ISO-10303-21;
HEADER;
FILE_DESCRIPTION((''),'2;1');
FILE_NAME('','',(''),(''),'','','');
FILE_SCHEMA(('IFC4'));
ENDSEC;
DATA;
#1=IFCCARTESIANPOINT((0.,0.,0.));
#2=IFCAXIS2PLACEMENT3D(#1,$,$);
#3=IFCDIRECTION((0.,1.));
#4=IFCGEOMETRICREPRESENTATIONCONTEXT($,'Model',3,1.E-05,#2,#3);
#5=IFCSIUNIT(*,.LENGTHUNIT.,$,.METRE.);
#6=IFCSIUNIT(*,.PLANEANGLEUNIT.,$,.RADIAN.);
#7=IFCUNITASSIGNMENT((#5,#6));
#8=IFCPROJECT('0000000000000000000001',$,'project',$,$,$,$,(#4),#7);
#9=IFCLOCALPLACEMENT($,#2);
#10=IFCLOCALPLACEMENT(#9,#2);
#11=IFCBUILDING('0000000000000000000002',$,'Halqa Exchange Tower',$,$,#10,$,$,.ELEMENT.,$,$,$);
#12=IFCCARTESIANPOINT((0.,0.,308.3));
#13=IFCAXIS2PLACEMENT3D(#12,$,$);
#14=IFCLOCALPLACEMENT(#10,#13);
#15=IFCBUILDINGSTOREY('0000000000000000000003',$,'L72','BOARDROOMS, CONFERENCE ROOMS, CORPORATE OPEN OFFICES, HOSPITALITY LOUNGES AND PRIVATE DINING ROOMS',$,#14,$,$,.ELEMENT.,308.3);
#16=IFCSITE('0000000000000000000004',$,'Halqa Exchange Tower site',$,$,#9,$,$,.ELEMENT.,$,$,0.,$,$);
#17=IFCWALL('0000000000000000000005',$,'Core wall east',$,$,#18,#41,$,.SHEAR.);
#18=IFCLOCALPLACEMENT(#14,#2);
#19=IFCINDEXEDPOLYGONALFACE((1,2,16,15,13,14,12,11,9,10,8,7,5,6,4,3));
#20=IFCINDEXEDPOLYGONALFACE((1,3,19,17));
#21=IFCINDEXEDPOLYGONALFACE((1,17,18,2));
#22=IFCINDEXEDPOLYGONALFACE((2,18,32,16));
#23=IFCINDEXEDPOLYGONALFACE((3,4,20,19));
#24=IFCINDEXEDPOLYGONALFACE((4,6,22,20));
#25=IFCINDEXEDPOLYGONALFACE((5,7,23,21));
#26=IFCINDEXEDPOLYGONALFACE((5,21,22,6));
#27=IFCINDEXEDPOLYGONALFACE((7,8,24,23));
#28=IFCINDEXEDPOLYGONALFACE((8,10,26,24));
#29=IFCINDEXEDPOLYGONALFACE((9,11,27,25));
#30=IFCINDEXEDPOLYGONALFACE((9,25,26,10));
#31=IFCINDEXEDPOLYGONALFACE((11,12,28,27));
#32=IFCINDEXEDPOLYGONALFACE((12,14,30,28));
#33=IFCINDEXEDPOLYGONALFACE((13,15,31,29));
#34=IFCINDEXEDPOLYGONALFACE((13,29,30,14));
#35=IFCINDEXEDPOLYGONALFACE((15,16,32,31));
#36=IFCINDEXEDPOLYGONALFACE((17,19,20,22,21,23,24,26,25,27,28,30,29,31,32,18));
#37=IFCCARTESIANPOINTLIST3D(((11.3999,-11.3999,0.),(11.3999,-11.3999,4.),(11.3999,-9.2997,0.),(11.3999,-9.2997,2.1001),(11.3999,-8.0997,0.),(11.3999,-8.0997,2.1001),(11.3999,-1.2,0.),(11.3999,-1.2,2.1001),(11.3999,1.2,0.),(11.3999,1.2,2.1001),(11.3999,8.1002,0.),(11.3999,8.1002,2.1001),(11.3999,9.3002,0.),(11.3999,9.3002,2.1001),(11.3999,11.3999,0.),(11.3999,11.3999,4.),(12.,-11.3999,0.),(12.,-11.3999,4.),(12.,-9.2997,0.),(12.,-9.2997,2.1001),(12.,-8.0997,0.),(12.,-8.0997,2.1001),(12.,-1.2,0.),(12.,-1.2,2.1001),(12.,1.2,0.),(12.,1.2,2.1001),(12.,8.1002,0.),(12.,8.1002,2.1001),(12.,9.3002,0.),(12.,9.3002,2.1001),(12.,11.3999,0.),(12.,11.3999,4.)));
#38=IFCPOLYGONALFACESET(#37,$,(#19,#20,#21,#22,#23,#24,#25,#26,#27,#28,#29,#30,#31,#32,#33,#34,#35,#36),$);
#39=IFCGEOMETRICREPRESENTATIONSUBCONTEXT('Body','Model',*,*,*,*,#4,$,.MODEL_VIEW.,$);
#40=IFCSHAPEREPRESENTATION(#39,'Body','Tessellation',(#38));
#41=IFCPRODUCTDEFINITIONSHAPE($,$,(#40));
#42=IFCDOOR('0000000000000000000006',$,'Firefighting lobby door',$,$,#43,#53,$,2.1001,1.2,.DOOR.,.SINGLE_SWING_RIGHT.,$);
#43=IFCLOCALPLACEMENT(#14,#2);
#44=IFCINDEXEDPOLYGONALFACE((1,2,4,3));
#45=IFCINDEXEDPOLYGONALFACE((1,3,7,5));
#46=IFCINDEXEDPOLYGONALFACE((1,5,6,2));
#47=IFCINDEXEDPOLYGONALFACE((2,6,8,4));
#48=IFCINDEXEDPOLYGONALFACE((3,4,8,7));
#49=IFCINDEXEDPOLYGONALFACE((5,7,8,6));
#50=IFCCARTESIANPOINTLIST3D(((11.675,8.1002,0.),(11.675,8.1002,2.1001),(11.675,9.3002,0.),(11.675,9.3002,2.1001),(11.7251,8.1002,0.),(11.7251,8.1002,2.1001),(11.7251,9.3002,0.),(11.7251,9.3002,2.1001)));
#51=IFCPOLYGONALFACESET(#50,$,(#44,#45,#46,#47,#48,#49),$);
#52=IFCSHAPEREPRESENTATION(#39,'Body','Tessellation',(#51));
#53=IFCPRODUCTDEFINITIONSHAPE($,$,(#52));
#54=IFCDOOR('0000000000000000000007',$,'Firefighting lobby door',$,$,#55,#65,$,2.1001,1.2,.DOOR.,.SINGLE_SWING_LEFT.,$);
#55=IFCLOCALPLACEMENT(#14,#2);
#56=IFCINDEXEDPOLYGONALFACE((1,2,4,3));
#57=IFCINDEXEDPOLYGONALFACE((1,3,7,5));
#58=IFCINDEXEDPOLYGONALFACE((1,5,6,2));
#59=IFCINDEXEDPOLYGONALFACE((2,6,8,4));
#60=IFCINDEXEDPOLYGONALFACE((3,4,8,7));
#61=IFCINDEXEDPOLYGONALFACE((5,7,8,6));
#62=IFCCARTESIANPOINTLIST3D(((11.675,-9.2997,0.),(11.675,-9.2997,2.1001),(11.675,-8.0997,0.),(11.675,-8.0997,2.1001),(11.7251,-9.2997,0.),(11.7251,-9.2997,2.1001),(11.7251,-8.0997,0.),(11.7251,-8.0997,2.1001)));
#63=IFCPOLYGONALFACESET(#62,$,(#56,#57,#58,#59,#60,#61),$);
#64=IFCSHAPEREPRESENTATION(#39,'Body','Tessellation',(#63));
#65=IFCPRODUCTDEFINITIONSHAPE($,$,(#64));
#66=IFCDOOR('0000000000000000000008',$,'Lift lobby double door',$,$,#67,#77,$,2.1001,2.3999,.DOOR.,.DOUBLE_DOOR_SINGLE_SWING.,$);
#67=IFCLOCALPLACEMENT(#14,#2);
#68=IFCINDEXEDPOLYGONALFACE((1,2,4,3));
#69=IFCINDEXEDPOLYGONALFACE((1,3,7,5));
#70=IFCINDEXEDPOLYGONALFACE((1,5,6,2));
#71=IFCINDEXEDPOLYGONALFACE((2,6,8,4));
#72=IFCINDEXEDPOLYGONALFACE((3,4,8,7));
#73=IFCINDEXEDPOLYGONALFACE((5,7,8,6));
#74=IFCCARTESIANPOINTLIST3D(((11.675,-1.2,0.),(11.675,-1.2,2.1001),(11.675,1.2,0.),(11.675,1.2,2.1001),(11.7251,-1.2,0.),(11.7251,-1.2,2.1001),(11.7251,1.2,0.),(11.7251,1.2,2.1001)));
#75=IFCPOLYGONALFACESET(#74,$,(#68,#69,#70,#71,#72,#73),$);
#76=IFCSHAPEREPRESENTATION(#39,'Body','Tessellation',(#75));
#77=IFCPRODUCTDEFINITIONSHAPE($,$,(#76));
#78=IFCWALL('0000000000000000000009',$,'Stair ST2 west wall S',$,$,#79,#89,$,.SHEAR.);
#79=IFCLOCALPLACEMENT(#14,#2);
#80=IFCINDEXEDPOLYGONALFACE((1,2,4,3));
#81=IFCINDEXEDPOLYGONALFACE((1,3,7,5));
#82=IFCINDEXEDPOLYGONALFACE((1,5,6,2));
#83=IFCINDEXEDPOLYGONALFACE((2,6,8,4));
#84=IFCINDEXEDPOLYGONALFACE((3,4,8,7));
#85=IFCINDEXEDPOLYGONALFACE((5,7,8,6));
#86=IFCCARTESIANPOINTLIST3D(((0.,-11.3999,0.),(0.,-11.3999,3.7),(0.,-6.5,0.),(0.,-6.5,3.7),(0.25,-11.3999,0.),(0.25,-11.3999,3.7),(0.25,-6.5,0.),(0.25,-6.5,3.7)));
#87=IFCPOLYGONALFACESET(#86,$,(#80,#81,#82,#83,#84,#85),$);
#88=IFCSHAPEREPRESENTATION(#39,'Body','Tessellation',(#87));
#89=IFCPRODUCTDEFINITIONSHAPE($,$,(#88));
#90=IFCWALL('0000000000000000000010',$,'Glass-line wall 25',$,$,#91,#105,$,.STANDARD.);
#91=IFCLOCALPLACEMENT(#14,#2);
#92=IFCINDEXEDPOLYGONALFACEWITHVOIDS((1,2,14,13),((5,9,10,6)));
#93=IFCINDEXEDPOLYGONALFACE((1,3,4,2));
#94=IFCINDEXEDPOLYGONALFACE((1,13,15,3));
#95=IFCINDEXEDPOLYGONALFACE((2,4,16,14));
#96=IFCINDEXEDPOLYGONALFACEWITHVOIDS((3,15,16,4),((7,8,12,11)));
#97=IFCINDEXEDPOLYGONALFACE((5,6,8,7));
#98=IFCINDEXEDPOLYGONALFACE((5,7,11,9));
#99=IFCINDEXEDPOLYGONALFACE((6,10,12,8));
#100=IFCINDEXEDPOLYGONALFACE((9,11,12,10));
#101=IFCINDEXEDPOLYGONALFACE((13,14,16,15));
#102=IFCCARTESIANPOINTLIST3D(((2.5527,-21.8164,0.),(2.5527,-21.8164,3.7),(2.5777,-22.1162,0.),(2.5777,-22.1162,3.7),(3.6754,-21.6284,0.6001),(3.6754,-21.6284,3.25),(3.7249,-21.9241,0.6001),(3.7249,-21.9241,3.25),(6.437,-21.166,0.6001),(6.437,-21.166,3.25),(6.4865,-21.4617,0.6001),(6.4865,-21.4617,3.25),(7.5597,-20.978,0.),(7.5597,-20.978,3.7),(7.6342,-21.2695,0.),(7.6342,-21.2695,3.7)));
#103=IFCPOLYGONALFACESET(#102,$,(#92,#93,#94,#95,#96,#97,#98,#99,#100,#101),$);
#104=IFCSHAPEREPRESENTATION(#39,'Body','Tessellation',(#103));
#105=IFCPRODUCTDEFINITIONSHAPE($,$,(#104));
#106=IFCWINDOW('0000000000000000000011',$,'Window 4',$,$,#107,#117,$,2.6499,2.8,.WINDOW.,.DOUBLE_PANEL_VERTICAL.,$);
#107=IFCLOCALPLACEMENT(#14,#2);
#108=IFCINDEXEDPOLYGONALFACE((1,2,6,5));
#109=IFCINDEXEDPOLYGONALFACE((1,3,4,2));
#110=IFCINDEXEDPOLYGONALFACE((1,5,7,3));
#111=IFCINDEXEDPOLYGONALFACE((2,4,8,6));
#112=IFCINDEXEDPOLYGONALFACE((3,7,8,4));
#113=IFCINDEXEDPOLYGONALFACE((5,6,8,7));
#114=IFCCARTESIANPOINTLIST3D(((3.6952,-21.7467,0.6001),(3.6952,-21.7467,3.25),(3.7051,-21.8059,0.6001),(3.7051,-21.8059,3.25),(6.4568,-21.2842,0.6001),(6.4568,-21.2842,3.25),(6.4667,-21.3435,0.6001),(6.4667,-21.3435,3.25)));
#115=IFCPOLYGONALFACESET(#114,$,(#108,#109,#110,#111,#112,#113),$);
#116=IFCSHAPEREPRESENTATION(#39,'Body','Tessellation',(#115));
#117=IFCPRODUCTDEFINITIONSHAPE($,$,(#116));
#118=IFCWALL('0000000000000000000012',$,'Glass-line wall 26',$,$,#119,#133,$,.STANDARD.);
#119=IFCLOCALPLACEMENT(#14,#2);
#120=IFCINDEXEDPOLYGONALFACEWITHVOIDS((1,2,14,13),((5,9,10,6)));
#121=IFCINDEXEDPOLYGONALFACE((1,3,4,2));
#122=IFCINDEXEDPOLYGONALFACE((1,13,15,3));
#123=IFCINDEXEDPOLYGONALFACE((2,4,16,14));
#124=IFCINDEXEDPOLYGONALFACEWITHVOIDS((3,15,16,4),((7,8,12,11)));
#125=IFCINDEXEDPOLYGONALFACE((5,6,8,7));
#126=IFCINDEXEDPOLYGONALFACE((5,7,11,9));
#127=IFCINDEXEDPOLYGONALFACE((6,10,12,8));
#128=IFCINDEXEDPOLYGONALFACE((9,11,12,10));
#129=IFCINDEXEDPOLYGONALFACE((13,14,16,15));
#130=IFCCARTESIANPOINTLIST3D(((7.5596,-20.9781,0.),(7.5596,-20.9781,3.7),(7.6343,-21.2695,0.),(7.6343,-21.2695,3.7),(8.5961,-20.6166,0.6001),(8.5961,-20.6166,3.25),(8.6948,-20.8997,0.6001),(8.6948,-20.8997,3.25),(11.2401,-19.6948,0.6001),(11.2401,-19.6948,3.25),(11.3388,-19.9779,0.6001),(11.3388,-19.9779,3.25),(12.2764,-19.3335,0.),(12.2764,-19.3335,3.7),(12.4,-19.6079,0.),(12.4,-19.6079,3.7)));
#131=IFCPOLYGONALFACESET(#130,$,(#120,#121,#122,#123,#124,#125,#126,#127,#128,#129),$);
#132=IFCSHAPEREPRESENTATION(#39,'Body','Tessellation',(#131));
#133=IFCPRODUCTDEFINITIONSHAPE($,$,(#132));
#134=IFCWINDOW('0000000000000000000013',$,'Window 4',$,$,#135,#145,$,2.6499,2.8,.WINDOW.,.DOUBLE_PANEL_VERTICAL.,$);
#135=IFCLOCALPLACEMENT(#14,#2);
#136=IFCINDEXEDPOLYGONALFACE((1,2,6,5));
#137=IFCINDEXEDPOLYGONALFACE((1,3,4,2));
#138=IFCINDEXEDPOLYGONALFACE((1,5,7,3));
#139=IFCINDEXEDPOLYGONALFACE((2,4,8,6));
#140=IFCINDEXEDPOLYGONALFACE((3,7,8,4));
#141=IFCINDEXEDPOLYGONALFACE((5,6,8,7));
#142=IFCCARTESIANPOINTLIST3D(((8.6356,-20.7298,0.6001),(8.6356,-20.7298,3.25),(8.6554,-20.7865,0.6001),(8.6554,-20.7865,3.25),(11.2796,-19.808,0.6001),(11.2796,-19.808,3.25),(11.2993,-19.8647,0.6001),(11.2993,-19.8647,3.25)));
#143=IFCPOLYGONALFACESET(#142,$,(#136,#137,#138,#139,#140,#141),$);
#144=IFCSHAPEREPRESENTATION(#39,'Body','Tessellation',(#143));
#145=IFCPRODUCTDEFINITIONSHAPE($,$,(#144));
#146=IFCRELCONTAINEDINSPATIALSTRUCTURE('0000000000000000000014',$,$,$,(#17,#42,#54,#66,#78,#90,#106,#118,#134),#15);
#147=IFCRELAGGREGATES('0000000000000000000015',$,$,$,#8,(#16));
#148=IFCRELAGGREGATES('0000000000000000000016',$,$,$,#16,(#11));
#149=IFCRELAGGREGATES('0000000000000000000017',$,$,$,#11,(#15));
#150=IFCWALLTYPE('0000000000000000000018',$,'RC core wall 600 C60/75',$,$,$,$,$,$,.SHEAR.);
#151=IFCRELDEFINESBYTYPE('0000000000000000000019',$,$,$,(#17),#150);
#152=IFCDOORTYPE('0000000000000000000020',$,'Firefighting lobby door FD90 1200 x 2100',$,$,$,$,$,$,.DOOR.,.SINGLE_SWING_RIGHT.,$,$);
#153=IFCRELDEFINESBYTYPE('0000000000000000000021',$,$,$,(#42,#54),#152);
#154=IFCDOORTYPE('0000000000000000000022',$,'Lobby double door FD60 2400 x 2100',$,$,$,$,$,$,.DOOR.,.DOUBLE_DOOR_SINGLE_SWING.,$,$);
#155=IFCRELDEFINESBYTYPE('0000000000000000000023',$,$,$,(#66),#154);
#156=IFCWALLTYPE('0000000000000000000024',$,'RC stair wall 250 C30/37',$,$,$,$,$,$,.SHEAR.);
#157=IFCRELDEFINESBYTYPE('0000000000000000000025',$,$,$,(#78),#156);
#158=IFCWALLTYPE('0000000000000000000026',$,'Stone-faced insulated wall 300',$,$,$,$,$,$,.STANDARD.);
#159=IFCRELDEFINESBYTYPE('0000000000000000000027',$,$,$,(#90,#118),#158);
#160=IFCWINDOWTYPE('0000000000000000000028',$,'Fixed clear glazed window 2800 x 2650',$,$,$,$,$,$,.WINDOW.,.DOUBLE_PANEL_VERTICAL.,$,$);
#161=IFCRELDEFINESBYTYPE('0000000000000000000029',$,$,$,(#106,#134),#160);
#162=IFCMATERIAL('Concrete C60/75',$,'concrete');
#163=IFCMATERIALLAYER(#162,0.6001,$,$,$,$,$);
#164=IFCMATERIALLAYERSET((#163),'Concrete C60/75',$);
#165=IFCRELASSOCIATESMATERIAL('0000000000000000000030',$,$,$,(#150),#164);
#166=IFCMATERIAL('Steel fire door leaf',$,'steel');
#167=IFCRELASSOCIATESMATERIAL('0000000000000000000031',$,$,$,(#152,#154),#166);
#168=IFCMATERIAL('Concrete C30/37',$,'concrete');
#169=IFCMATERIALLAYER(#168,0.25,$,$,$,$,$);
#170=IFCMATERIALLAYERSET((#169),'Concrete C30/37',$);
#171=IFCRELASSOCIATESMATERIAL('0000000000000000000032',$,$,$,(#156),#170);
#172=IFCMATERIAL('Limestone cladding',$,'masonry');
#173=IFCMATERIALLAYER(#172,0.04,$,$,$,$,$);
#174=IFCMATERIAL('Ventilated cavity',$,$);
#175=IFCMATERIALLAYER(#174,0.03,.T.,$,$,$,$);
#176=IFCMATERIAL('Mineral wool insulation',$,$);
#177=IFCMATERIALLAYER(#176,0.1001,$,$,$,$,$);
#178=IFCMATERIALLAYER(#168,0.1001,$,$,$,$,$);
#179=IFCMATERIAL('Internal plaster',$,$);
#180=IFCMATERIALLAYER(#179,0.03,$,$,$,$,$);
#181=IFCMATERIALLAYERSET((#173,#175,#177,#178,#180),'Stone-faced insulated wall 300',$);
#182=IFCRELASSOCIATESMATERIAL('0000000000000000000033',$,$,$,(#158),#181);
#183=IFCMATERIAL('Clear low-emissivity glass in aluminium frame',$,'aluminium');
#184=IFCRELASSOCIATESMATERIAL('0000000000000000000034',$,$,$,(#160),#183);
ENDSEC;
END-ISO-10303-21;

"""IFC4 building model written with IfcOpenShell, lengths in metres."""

from ifc_helpers import new_model, si_unit, direction, frame, frame_2d, origin, place, context, subcontext, project, spatial, polyline, rectangle, outline, extrude, material, layer, layer_set, type_object, element, fill, save


model = new_model("IFC4")

# Units and contexts
model_context = context("Model", 3, precision=1e-05, world=origin(), true_north=direction((0.0, 1.0)))
body_context = subcontext(model_context, "Body", "Model", "MODEL_VIEW")
ifc_project = project(units=[si_unit("LENGTHUNIT", "METRE"), si_unit("PLANEANGLEUNIT", "RADIAN")], contexts=[model_context])

# Site, building, storey
site_placement = place(None, origin())
site = spatial("IfcSite", under=ifc_project, at=site_placement, Name="Halqa Exchange Tower site", CompositionType="ELEMENT", RefElevation=0.0)
building_placement = place(site_placement, origin())
building = spatial("IfcBuilding", under=site, at=building_placement, Name="Halqa Exchange Tower", CompositionType="ELEMENT")
storey_placement = place(building_placement, frame((0.0, 0.0, 308.3)))
storey = spatial("IfcBuildingStorey", under=building, at=storey_placement, Name="L72", Description="BOARDROOMS, CONFERENCE ROOMS, CORPORATE OPEN OFFICES, HOSPITALITY LOUNGES AND PRIVATE DINING ROOMS", CompositionType="ELEMENT", Elevation=308.3)

# Shared definitions
ifc_material_1 = material(Name="Concrete C60/75", Category="concrete")

# Wall, openings, doors
ifc_layer_1 = layer(ifc_material_1, 0.6001)
ifc_layer_set_1 = layer_set([ifc_layer_1], Name="Concrete C60/75")
wall_type_1 = type_object("IfcWallType", Name="RC core wall 600 C60/75", PredefinedType="SHEAR", material=ifc_layer_set_1)
wall_1_placement = place(storey_placement, frame((11.7, -11.3999, 0.0), z_axis=(0.0, 0.0, 1.0), x_axis=(0.0, 1.0, 0.0)))
wall_1 = element("IfcWall", 1, at=wall_1_placement, inside=storey, type_object=wall_type_1, Name="Core wall east", PredefinedType="SHEAR", context=body_context, shape_type="SweptSolid", body=[
    extrude(rectangle(XDim=22.7998, YDim=0.6001, at=frame_2d((11.3999, 0.0))), origin(), (0.0, 0.0, 1.0), 4.0),
])
opening_1_placement = place(wall_1_placement, frame((10.2, 0.0, 0.0)))
opening_1 = element("IfcOpeningElement", 2, at=opening_1_placement, cuts=wall_1, PredefinedType="OPENING", context=body_context, shape_type="SweptSolid", body=[
    extrude(rectangle(XDim=2.3999, YDim=2.1001, at=frame_2d((1.2, 1.05))), frame((0.0, 0.312, 0.0), z_axis=(0.0, -1.0, 0.0), x_axis=(1.0, 0.0, 0.0)), (0.0, 0.0, 1.0), 0.624),
])
opening_2_placement = place(wall_1_placement, frame((19.5, 0.0, 0.0)))
opening_2 = element("IfcOpeningElement", 3, at=opening_2_placement, cuts=wall_1, PredefinedType="OPENING", context=body_context, shape_type="SweptSolid", body=[
    extrude(rectangle(XDim=1.2, YDim=2.1001, at=frame_2d((0.6001, 1.05))), frame((0.0, 0.312, 0.0), z_axis=(0.0, -1.0, 0.0), x_axis=(1.0, 0.0, 0.0)), (0.0, 0.0, 1.0), 0.624),
])
opening_3_placement = place(wall_1_placement, frame((2.1001, 0.0, 0.0)))
opening_3 = element("IfcOpeningElement", 4, at=opening_3_placement, cuts=wall_1, PredefinedType="OPENING", context=body_context, shape_type="SweptSolid", body=[
    extrude(rectangle(XDim=1.2, YDim=2.1001, at=frame_2d((0.6001, 1.05))), frame((0.0, 0.312, 0.0), z_axis=(0.0, -1.0, 0.0), x_axis=(1.0, 0.0, 0.0)), (0.0, 0.0, 1.0), 0.624),
])
ifc_material_2 = material(Name="Steel fire door leaf", Category="steel")
door_type_1 = type_object("IfcDoorType", Name="Firefighting lobby door FD90 1200 x 2100", OperationType="SINGLE_SWING_RIGHT", PredefinedType="DOOR", material=ifc_material_2)
door_1_placement = place(opening_2_placement, origin())
door_1 = element("IfcDoor", 5, at=door_1_placement, inside=storey, type_object=door_type_1, Name="Firefighting lobby door", OperationType="SINGLE_SWING_RIGHT", OverallHeight=2.1001, OverallWidth=1.2, PredefinedType="DOOR", context=body_context, shape_type="SweptSolid", body=[
    extrude(rectangle(XDim=1.2, YDim=2.1001, at=frame_2d((0.6001, 1.05))), frame((0.0, 0.0249, 0.0), z_axis=(0.0, -1.0, 0.0), x_axis=(1.0, 0.0, 0.0)), (0.0, 0.0, 1.0), 0.05),
])
fill(opening_2, door_1)
door_2_placement = place(opening_3_placement, origin())
door_2 = element("IfcDoor", 6, at=door_2_placement, inside=storey, type_object=door_type_1, Name="Firefighting lobby door", OperationType="SINGLE_SWING_LEFT", OverallHeight=2.1001, OverallWidth=1.2, PredefinedType="DOOR", context=body_context, shape_type="SweptSolid", body=[
    extrude(rectangle(XDim=1.2, YDim=2.1001, at=frame_2d((0.6001, 1.05))), frame((0.0, 0.0249, 0.0), z_axis=(0.0, -1.0, 0.0), x_axis=(1.0, 0.0, 0.0)), (0.0, 0.0, 1.0), 0.05),
])
fill(opening_3, door_2)
door_type_2 = type_object("IfcDoorType", Name="Lobby double door FD60 2400 x 2100", OperationType="DOUBLE_DOOR_SINGLE_SWING", PredefinedType="DOOR", material=ifc_material_2)
door_3_placement = place(opening_1_placement, origin())
door_3 = element("IfcDoor", 7, at=door_3_placement, inside=storey, type_object=door_type_2, Name="Lift lobby double door", OperationType="DOUBLE_DOOR_SINGLE_SWING", OverallHeight=2.1001, OverallWidth=2.3999, PredefinedType="DOOR", context=body_context, shape_type="SweptSolid", body=[
    extrude(rectangle(XDim=2.3999, YDim=2.1001, at=frame_2d((1.2, 1.05))), frame((0.0, 0.0249, 0.0), z_axis=(0.0, -1.0, 0.0), x_axis=(1.0, 0.0, 0.0)), (0.0, 0.0, 1.0), 0.05),
])
fill(opening_1, door_3)

# Wall
ifc_material_3 = material(Name="Concrete C30/37", Category="concrete")
ifc_layer_2 = layer(ifc_material_3, 0.25)
ifc_layer_set_2 = layer_set([ifc_layer_2], Name="Concrete C30/37")
wall_type_2 = type_object("IfcWallType", Name="RC stair wall 250 C30/37", PredefinedType="SHEAR", material=ifc_layer_set_2)
wall_2_placement = place(storey_placement, frame((0.125, -11.3999, 0.0), z_axis=(0.0, 0.0, 1.0), x_axis=(0.0, 1.0, 0.0)))
element("IfcWall", 8, at=wall_2_placement, inside=storey, type_object=wall_type_2, Name="Stair ST2 west wall S", PredefinedType="SHEAR", context=body_context, shape_type="SweptSolid", body=[
    extrude(rectangle(XDim=4.8999, YDim=0.25, at=frame_2d((2.45, 0.0))), origin(), (0.0, 0.0, 1.0), 3.7),
])

# Walls, openings, windows
ifc_material_4 = material(Name="Limestone cladding", Category="masonry")
ifc_layer_3 = layer(ifc_material_4, 0.04)
ifc_material_5 = material(Name="Ventilated cavity")
ifc_layer_4 = layer(ifc_material_5, 0.03, ventilated=True)
ifc_material_6 = material(Name="Mineral wool insulation")
ifc_layer_5 = layer(ifc_material_6, 0.1001)
ifc_layer_6 = layer(ifc_material_3, 0.1001)
ifc_material_7 = material(Name="Internal plaster")
ifc_layer_7 = layer(ifc_material_7, 0.03)
ifc_layer_set_3 = layer_set([ifc_layer_3, ifc_layer_4, ifc_layer_5, ifc_layer_6, ifc_layer_7], Name="Stone-faced insulated wall 300")
wall_type_3 = type_object("IfcWallType", Name="Stone-faced insulated wall 300", PredefinedType="STANDARD", material=ifc_layer_set_3)
wall_3_placement = place(storey_placement, frame((2.5652, -21.9663, 0.0), z_axis=(0.0, 0.0, 1.0), x_axis=(0.986269, 0.165144, 0.0)))
wall_3 = element("IfcWall", 9, at=wall_3_placement, inside=storey, type_object=wall_type_3, Name="Glass-line wall 25", PredefinedType="STANDARD", context=body_context, shape_type="SweptSolid", body=[
    extrude(outline(polyline([(-0.0125, -0.1499), (5.1145, -0.1499), (5.0891, 0.1499), (0.0125, 0.1499), (-0.0125, -0.1499)])), origin(), (0.0, 0.0, 1.0), 3.7),
])
opening_4_placement = place(wall_3_placement, frame((1.1509, 0.0, 0.6001)))
opening_4 = element("IfcOpeningElement", 10, at=opening_4_placement, cuts=wall_3, PredefinedType="OPENING", context=body_context, shape_type="SweptSolid", body=[
    extrude(rectangle(XDim=2.8, YDim=2.6499, at=frame_2d((1.3999, 1.325))), frame((0.0, 0.1621, 0.0), z_axis=(0.0, -1.0, 0.0), x_axis=(1.0, 0.0, 0.0)), (0.0, 0.0, 1.0), 0.324),
])
ifc_material_8 = material(Name="Clear low-emissivity glass in aluminium frame", Category="aluminium")
window_type = type_object("IfcWindowType", Name="Fixed clear glazed window 2800 x 2650", PartitioningType="DOUBLE_PANEL_VERTICAL", PredefinedType="WINDOW", material=ifc_material_8)
window_1_placement = place(opening_4_placement, origin())
window_1 = element("IfcWindow", 11, at=window_1_placement, inside=storey, type_object=window_type, Name="Window 4", OverallHeight=2.6499, OverallWidth=2.8, PartitioningType="DOUBLE_PANEL_VERTICAL", PredefinedType="WINDOW", context=body_context, shape_type="SweptSolid", body=[
    extrude(rectangle(XDim=2.8, YDim=2.6499, at=frame_2d((1.3999, 1.325))), frame((0.0, 0.03, 0.0), z_axis=(0.0, -1.0, 0.0), x_axis=(1.0, 0.0, 0.0)), (0.0, 0.0, 1.0), 0.0601),
])
fill(opening_4, window_1)
wall_4_placement = place(storey_placement, frame((7.5969, -21.1238, 0.0), z_axis=(0.0, 0.0, 1.0), x_axis=(0.944252, 0.329224, 0.0)))
wall_4 = element("IfcWall", 12, at=wall_4_placement, inside=storey, type_object=wall_type_3, Name="Glass-line wall 26", PredefinedType="STANDARD", context=body_context, shape_type="SweptSolid", body=[
    extrude(outline(polyline([(-0.0127, -0.1499), (5.0344, -0.1499), (5.0081, 0.1499), (0.0127, 0.1499), (-0.0127, -0.1499)])), origin(), (0.0, 0.0, 1.0), 3.7),
])
opening_5_placement = place(wall_4_placement, frame((1.1106, 0.0, 0.6001)))
opening_5 = element("IfcOpeningElement", 13, at=opening_5_placement, cuts=wall_4, PredefinedType="OPENING", context=body_context, shape_type="SweptSolid", body=[
    extrude(rectangle(XDim=2.8, YDim=2.6499, at=frame_2d((1.3999, 1.325))), frame((0.0, 0.1621, 0.0), z_axis=(0.0, -1.0, 0.0), x_axis=(1.0, 0.0, 0.0)), (0.0, 0.0, 1.0), 0.324),
])
window_2_placement = place(opening_5_placement, origin())
window_2 = element("IfcWindow", 14, at=window_2_placement, inside=storey, type_object=window_type, Name="Window 4", OverallHeight=2.6499, OverallWidth=2.8, PartitioningType="DOUBLE_PANEL_VERTICAL", PredefinedType="WINDOW", context=body_context, shape_type="SweptSolid", body=[
    extrude(rectangle(XDim=2.8, YDim=2.6499, at=frame_2d((1.3999, 1.325))), frame((0.0, 0.03, 0.0), z_axis=(0.0, -1.0, 0.0), x_axis=(1.0, 0.0, 0.0)), (0.0, 0.0, 1.0), 0.0601),
])
fill(opening_5, window_2)

save(model, "model.ifc")
